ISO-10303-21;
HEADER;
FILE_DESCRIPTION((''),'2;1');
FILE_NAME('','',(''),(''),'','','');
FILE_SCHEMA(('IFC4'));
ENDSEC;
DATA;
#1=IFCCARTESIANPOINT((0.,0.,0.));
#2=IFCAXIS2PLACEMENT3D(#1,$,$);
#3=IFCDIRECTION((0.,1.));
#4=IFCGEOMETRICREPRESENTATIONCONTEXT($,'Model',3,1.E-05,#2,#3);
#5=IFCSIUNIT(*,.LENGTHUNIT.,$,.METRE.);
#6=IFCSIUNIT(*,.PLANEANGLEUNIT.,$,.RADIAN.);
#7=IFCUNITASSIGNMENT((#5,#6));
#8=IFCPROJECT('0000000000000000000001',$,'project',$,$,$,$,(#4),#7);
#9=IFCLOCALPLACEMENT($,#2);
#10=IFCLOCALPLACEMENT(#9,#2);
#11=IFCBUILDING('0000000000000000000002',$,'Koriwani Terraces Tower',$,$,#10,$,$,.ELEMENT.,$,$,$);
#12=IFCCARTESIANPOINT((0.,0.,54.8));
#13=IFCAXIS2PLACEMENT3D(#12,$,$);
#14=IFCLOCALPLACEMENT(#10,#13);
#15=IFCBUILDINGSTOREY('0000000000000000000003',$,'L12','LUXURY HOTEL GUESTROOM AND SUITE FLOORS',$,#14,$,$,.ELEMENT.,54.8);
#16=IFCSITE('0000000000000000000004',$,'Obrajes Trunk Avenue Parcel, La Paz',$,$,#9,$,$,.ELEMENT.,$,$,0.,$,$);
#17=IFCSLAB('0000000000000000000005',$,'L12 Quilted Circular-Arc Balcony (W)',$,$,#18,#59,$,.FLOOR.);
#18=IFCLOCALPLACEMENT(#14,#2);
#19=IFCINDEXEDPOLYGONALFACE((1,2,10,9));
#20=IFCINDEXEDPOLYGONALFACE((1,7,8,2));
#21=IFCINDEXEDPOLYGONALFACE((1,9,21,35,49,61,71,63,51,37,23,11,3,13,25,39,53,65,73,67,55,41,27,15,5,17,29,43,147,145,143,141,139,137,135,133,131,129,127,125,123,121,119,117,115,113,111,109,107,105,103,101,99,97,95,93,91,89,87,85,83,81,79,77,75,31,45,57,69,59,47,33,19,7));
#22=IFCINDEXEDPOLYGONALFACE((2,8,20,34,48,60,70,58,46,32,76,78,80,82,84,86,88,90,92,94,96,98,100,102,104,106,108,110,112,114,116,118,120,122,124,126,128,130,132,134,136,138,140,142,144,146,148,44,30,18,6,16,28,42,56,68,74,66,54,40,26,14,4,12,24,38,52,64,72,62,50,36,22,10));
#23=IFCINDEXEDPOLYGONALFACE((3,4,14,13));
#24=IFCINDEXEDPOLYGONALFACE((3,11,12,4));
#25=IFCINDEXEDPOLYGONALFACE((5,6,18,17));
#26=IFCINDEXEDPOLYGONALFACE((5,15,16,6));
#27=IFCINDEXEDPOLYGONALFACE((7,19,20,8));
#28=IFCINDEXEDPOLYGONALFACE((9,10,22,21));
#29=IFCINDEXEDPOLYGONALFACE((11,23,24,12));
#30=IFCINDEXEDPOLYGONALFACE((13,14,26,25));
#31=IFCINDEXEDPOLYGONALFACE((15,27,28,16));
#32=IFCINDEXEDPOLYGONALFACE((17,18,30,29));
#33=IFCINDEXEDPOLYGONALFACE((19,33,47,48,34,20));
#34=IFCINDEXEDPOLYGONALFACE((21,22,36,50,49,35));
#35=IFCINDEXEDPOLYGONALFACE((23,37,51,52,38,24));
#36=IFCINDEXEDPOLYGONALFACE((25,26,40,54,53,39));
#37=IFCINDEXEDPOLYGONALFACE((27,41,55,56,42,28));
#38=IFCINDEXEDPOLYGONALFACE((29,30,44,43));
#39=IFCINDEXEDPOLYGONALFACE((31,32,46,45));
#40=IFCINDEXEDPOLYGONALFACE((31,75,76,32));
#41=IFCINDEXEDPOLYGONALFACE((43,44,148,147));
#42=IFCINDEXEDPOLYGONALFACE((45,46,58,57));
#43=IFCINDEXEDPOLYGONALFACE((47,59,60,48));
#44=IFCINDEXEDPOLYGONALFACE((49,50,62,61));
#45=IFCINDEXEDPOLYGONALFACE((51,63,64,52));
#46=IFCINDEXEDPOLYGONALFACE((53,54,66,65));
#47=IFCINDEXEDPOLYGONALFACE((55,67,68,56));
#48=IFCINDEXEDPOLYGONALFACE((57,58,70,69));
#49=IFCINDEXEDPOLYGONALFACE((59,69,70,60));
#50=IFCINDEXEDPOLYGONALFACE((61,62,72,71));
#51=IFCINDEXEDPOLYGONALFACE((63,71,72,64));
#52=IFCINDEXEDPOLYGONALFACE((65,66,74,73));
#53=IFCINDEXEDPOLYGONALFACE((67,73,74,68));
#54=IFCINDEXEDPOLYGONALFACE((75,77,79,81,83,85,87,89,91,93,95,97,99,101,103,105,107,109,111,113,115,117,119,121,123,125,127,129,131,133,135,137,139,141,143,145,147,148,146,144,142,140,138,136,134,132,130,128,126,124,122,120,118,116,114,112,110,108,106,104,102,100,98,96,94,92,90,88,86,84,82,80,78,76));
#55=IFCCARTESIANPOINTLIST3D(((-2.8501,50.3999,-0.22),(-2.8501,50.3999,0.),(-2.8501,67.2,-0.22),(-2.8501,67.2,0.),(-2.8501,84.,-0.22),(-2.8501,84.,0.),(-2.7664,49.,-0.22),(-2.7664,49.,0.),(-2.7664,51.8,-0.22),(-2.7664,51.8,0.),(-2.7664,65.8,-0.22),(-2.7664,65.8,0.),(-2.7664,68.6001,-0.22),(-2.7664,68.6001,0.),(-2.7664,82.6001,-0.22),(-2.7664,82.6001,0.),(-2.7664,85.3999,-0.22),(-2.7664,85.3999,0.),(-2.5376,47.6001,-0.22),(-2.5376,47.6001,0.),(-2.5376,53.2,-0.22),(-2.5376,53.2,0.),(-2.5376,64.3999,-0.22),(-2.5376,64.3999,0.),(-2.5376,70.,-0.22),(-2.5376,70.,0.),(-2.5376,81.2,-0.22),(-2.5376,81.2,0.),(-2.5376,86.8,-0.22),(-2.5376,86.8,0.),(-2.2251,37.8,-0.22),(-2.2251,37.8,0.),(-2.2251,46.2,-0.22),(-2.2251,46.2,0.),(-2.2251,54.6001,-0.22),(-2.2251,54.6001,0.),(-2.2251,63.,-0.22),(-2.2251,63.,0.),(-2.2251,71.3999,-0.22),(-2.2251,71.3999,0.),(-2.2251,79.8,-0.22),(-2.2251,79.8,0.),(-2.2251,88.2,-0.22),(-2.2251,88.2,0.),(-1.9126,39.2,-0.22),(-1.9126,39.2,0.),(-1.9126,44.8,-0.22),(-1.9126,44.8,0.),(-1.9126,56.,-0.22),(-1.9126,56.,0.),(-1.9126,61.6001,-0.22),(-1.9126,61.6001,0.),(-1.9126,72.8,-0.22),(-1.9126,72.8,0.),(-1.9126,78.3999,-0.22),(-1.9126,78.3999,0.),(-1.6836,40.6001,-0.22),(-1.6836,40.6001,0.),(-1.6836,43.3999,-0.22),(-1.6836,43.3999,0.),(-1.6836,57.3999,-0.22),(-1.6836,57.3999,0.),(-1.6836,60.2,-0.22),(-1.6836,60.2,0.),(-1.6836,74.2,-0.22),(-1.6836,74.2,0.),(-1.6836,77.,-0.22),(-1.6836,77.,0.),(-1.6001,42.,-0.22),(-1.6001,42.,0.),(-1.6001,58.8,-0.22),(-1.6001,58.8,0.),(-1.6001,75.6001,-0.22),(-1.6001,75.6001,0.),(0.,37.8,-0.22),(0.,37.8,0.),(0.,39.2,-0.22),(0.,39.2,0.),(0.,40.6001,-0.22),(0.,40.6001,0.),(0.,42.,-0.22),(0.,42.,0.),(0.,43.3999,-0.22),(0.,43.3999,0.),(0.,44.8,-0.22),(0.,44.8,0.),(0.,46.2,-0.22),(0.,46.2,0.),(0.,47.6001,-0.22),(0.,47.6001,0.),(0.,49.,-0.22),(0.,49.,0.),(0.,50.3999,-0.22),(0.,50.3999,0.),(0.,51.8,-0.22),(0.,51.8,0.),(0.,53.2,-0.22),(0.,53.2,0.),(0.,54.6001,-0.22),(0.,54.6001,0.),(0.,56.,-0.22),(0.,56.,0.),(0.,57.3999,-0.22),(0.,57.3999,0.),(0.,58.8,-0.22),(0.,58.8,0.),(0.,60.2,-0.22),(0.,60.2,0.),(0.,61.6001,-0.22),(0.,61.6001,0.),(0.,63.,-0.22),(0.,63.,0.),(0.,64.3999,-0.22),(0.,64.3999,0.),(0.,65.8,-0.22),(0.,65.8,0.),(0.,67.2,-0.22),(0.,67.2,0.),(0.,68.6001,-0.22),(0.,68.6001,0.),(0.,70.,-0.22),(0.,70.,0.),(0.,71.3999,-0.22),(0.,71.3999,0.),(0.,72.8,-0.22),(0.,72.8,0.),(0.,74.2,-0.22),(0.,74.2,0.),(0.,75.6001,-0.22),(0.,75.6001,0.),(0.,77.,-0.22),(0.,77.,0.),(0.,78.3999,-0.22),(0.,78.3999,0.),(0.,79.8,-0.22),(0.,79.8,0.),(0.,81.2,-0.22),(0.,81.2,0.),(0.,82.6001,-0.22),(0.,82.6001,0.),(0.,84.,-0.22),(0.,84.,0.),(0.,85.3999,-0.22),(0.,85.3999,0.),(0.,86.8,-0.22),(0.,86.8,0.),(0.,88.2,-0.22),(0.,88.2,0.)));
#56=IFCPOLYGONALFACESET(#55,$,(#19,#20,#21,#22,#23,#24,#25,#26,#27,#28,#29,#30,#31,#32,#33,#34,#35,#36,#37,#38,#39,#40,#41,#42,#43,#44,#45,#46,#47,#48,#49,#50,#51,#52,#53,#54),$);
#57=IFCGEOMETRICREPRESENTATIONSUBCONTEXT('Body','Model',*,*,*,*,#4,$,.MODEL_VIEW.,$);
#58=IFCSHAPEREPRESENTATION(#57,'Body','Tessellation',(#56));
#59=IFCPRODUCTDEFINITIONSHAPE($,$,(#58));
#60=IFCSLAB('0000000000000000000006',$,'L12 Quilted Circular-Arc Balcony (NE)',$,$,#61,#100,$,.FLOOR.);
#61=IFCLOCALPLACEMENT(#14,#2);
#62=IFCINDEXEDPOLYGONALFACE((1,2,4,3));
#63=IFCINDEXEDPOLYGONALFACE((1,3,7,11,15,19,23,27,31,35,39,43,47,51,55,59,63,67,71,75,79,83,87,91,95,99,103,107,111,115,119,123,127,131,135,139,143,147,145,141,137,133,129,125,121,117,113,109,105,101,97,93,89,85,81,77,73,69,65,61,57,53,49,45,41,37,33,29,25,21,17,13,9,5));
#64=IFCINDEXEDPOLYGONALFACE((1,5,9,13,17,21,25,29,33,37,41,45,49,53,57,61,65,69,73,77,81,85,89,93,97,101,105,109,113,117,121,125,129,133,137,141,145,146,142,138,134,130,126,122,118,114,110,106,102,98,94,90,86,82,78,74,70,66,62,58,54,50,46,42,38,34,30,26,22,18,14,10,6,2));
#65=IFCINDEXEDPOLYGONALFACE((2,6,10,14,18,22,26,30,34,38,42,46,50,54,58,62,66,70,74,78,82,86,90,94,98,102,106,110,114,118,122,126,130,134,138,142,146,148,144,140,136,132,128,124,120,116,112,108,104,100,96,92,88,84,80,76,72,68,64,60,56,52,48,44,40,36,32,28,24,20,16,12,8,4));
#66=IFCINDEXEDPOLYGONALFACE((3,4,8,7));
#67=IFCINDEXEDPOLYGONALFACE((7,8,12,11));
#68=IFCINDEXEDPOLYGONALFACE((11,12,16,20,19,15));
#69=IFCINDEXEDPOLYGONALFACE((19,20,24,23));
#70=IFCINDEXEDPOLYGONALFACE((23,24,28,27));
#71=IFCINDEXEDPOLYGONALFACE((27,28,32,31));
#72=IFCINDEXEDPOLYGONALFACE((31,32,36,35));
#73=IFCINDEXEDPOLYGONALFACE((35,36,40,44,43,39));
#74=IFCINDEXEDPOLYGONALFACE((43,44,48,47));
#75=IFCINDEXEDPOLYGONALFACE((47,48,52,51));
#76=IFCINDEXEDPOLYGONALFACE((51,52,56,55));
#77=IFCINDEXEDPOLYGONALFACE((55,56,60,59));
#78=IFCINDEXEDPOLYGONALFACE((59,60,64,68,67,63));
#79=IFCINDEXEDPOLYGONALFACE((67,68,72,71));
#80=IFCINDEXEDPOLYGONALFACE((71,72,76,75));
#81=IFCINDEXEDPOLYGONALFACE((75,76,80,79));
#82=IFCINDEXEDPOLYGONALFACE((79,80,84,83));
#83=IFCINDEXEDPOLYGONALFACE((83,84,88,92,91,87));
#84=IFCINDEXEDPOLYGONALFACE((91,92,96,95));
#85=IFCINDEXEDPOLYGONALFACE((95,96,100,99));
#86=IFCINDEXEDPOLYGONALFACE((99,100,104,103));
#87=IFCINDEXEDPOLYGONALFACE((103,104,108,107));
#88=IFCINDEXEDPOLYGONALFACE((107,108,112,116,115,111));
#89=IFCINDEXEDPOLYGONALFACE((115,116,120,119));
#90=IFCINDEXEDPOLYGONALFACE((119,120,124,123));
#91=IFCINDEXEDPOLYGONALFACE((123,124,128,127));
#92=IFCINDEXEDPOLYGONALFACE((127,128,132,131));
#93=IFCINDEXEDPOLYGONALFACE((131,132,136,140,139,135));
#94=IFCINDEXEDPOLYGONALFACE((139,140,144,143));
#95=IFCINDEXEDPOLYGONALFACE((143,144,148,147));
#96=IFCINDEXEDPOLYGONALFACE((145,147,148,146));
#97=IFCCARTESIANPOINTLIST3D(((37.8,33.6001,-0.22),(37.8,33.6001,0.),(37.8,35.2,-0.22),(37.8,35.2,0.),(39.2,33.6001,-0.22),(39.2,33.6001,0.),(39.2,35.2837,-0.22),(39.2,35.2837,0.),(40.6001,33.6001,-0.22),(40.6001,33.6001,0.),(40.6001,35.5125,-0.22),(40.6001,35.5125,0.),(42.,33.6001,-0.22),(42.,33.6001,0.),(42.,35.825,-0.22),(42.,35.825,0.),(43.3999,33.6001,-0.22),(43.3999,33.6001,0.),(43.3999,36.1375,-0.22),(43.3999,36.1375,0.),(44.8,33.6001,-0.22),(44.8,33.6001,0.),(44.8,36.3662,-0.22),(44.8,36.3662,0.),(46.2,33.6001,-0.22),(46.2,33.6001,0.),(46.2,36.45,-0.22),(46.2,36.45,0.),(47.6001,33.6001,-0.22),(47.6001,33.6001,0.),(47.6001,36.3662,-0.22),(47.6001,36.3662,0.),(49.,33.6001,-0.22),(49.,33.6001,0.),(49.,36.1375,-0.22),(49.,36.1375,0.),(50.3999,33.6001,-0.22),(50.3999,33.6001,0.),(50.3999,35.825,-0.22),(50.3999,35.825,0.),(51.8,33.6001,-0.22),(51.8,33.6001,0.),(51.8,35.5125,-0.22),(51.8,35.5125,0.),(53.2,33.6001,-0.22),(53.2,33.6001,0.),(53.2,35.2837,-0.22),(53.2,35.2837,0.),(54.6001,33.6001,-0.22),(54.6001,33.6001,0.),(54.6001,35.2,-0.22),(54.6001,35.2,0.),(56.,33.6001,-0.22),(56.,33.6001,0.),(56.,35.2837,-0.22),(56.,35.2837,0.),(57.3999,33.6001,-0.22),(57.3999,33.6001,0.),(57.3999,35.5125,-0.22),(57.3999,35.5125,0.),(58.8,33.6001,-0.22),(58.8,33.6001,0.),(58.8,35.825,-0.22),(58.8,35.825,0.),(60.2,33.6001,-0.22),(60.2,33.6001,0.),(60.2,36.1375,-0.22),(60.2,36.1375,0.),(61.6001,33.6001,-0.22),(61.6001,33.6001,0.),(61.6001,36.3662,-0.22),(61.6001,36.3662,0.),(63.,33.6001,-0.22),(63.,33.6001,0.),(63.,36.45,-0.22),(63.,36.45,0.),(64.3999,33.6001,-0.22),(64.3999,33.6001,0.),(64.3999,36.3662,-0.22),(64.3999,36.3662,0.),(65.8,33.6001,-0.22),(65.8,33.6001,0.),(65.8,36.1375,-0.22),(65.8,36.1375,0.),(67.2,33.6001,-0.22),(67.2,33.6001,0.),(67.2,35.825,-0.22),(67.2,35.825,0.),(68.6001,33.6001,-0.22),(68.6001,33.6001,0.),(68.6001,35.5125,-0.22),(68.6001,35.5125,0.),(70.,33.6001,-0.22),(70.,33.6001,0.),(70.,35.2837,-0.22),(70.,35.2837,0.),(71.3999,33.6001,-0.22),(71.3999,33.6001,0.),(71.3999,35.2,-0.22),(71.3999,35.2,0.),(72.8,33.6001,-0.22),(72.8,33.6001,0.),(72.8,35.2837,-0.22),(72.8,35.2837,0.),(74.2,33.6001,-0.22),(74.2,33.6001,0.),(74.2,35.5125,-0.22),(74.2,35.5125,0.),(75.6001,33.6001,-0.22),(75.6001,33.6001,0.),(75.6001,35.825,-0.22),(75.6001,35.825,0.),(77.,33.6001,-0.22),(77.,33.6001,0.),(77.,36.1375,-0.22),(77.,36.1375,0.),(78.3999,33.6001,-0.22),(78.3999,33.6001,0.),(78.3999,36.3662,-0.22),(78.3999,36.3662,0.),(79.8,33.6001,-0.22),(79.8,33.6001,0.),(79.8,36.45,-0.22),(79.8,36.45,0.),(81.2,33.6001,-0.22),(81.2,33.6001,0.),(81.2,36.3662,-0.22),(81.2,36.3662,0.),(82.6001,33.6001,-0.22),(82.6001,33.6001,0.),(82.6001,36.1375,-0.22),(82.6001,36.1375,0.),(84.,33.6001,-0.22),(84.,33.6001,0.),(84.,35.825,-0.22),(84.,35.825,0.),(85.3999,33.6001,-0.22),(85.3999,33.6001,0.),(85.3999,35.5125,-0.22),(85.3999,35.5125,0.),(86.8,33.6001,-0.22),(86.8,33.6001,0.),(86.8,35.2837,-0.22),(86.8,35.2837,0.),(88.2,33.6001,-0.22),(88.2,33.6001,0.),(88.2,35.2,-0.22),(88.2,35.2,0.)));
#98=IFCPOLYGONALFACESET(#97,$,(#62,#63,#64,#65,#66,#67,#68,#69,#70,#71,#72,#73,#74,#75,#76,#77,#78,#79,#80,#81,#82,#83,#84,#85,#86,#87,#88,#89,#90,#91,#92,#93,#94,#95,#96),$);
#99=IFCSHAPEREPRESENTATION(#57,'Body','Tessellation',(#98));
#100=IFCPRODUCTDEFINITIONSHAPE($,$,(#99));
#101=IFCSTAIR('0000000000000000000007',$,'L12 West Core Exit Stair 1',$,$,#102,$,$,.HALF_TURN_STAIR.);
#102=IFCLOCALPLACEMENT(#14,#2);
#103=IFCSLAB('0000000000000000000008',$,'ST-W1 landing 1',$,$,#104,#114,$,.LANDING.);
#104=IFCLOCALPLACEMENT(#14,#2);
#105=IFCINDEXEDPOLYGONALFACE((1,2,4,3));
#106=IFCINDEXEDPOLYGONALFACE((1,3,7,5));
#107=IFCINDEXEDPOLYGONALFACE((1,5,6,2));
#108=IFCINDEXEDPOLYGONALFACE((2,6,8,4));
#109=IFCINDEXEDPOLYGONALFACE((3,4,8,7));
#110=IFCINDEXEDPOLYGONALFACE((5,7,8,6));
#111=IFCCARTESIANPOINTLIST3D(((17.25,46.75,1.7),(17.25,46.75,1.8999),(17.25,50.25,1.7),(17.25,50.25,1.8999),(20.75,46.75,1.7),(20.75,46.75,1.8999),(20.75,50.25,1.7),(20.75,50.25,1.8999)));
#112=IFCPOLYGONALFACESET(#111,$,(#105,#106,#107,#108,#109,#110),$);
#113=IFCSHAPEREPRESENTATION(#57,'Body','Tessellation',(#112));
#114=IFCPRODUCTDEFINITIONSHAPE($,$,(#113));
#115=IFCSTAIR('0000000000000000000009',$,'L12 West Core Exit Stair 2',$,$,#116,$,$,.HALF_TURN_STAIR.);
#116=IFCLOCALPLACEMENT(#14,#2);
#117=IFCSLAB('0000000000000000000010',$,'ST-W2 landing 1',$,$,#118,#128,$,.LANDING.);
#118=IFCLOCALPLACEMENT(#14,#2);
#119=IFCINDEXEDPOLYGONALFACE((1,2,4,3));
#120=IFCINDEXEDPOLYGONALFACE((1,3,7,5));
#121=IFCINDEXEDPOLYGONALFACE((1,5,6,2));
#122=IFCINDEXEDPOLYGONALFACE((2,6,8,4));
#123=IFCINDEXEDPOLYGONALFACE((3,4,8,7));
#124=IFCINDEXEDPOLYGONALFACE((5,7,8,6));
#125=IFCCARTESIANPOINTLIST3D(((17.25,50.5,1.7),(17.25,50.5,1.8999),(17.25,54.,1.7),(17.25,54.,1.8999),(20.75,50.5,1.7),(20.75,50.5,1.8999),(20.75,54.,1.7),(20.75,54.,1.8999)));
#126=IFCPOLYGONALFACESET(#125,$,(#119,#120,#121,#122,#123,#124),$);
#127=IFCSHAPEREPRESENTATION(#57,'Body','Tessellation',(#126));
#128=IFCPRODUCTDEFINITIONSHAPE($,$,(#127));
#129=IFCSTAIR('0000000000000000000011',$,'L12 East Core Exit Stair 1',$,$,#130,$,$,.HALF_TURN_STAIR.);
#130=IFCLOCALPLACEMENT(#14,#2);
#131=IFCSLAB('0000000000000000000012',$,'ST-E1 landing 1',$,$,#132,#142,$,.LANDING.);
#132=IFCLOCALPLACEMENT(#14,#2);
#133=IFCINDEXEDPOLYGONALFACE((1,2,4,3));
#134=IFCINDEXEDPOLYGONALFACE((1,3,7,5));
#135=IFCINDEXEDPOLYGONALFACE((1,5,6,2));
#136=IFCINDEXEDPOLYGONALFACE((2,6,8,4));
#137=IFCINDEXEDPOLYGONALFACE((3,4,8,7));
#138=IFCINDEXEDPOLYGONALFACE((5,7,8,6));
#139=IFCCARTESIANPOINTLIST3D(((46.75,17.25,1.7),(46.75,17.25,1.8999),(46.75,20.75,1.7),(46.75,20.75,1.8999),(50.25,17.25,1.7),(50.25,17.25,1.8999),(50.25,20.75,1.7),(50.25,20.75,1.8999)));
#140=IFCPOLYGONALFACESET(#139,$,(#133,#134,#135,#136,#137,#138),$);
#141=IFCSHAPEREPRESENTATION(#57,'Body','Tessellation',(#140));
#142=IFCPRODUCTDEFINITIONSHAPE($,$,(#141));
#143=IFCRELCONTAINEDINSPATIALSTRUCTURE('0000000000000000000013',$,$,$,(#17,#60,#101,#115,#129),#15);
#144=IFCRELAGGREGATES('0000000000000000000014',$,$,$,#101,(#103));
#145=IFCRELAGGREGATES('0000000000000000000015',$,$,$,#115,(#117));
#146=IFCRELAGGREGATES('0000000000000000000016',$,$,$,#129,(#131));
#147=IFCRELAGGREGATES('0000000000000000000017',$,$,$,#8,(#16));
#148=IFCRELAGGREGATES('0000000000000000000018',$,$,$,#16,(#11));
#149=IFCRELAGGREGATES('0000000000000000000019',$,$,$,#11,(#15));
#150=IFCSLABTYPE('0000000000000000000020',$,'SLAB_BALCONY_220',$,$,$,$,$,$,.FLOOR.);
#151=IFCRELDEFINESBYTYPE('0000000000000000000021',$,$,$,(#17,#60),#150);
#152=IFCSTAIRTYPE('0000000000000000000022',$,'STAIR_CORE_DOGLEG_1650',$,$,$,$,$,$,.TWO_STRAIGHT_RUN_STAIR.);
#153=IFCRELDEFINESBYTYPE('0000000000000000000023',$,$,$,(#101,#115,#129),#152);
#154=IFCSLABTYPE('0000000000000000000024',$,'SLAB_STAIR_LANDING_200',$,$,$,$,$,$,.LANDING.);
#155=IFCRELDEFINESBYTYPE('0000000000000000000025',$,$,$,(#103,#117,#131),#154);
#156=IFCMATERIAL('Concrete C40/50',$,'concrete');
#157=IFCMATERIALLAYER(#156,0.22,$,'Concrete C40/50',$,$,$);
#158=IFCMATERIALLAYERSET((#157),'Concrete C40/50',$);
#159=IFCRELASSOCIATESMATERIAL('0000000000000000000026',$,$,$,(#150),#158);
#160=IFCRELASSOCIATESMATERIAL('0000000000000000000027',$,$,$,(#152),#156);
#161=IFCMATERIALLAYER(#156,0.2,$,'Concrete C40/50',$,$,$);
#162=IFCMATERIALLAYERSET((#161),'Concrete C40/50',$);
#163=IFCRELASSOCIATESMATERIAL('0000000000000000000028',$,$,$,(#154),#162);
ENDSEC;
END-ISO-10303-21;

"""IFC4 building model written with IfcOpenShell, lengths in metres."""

from ifc_helpers import new_model, si_unit, direction, frame, origin, place, context, subcontext, project, spatial, polyline, outline, extrude, material, layer, layer_set, type_object, element, aggregate, save


model = new_model("IFC4")

# Units and contexts
model_context = context("Model", 3, precision=1e-05, world=origin(), true_north=direction((0.0, 1.0)))
body_context = subcontext(model_context, "Body", "Model", "MODEL_VIEW")
ifc_project = project(units=[si_unit("LENGTHUNIT", "METRE"), si_unit("PLANEANGLEUNIT", "RADIAN")], contexts=[model_context])

# Site, building, storey
site_placement = place(None, origin())
site = spatial("IfcSite", under=ifc_project, at=site_placement, Name="Obrajes Trunk Avenue Parcel, La Paz", CompositionType="ELEMENT", RefElevation=0.0)
building_placement = place(site_placement, origin())
building = spatial("IfcBuilding", under=site, at=building_placement, Name="Koriwani Terraces Tower", CompositionType="ELEMENT")
storey_placement = place(building_placement, frame((0.0, 0.0, 54.8)))
storey = spatial("IfcBuildingStorey", under=building, at=storey_placement, Name="L12", Description="LUXURY HOTEL GUESTROOM AND SUITE FLOORS", CompositionType="ELEMENT", Elevation=54.8)

# Shared definitions
ifc_material_1 = material(Name="Concrete C40/50", Category="concrete")

# Slabs
ifc_layer_1 = layer(ifc_material_1, 0.22, Name="Concrete C40/50")
ifc_layer_set_1 = layer_set([ifc_layer_1], Name="Concrete C40/50")
slab_type_1 = type_object("IfcSlabType", Name="SLAB_BALCONY_220", PredefinedType="FLOOR", material=ifc_layer_set_1)
slab_1_placement = place(storey_placement, frame((0.0, 0.0, -0.22)))
element("IfcSlab", 1, at=slab_1_placement, inside=storey, type_object=slab_type_1, Name="L12 Quilted Circular-Arc Balcony (W)", PredefinedType="FLOOR", context=body_context, shape_type="SweptSolid", body=[
    extrude(outline(polyline([(0.0, 37.8), (0.0, 39.2), (0.0, 40.6001), (0.0, 42.0), (0.0, 43.3999), (0.0, 44.8), (0.0, 46.2), (0.0, 47.6001), (0.0, 49.0), (0.0, 50.3999), (0.0, 51.8), (0.0, 53.2), (0.0, 54.6001), (0.0, 56.0), (0.0, 57.3999), (0.0, 58.8), (0.0, 60.2), (0.0, 61.6001), (0.0, 63.0), (0.0, 64.3999), (0.0, 65.8), (0.0, 67.2), (0.0, 68.6001), (0.0, 70.0), (0.0, 71.3999), (0.0, 72.8), (0.0, 74.2), (0.0, 75.6001), (0.0, 77.0), (0.0, 78.3999), (0.0, 79.8), (0.0, 81.2), (0.0, 82.6001), (0.0, 84.0), (0.0, 85.3999), (0.0, 86.8), (0.0, 88.2), (-2.2251, 88.2), (-2.5376, 86.8), (-2.7664, 85.3999), (-2.8501, 84.0), (-2.7664, 82.6001), (-2.5376, 81.2), (-2.2251, 79.8), (-1.9126, 78.3999), (-1.6836, 77.0), (-1.6001, 75.6001), (-1.6836, 74.2), (-1.9126, 72.8), (-2.2251, 71.3999), (-2.5376, 70.0), (-2.7664, 68.6001), (-2.8501, 67.2), (-2.7664, 65.8), (-2.5376, 64.3999), (-2.2251, 63.0), (-1.9126, 61.6001), (-1.6836, 60.2), (-1.6001, 58.8), (-1.6836, 57.3999), (-1.9126, 56.0), (-2.2251, 54.6001), (-2.5376, 53.2), (-2.7664, 51.8), (-2.8501, 50.3999), (-2.7664, 49.0), (-2.5376, 47.6001), (-2.2251, 46.2), (-1.9126, 44.8), (-1.6836, 43.3999), (-1.6001, 42.0), (-1.6836, 40.6001), (-1.9126, 39.2), (-2.2251, 37.8), (0.0, 37.8)])), origin(), (0.0, 0.0, 1.0), 0.22),
])
slab_2_placement = place(storey_placement, frame((0.0, 0.0, -0.22)))
element("IfcSlab", 2, at=slab_2_placement, inside=storey, type_object=slab_type_1, Name="L12 Quilted Circular-Arc Balcony (NE)", PredefinedType="FLOOR", context=body_context, shape_type="SweptSolid", body=[
    extrude(outline(polyline([(88.2, 33.6001), (86.8, 33.6001), (85.3999, 33.6001), (84.0, 33.6001), (82.6001, 33.6001), (81.2, 33.6001), (79.8, 33.6001), (78.3999, 33.6001), (77.0, 33.6001), (75.6001, 33.6001), (74.2, 33.6001), (72.8, 33.6001), (71.3999, 33.6001), (70.0, 33.6001), (68.6001, 33.6001), (67.2, 33.6001), (65.8, 33.6001), (64.3999, 33.6001), (63.0, 33.6001), (61.6001, 33.6001), (60.2, 33.6001), (58.8, 33.6001), (57.3999, 33.6001), (56.0, 33.6001), (54.6001, 33.6001), (53.2, 33.6001), (51.8, 33.6001), (50.3999, 33.6001), (49.0, 33.6001), (47.6001, 33.6001), (46.2, 33.6001), (44.8, 33.6001), (43.3999, 33.6001), (42.0, 33.6001), (40.6001, 33.6001), (39.2, 33.6001), (37.8, 33.6001), (37.8, 35.2), (39.2, 35.2837), (40.6001, 35.5125), (42.0, 35.825), (43.3999, 36.1375), (44.8, 36.3662), (46.2, 36.45), (47.6001, 36.3662), (49.0, 36.1375), (50.3999, 35.825), (51.8, 35.5125), (53.2, 35.2837), (54.6001, 35.2), (56.0, 35.2837), (57.3999, 35.5125), (58.8, 35.825), (60.2, 36.1375), (61.6001, 36.3662), (63.0, 36.45), (64.3999, 36.3662), (65.8, 36.1375), (67.2, 35.825), (68.6001, 35.5125), (70.0, 35.2837), (71.3999, 35.2), (72.8, 35.2837), (74.2, 35.5125), (75.6001, 35.825), (77.0, 36.1375), (78.3999, 36.3662), (79.8, 36.45), (81.2, 36.3662), (82.6001, 36.1375), (84.0, 35.825), (85.3999, 35.5125), (86.8, 35.2837), (88.2, 35.2), (88.2, 33.6001)])), origin(), (0.0, 0.0, 1.0), 0.22),
])

# Stairs, slabs
stair_type = type_object("IfcStairType", Name="STAIR_CORE_DOGLEG_1650", PredefinedType="TWO_STRAIGHT_RUN_STAIR", material=ifc_material_1)
stair_1_placement = place(storey_placement, origin())
stair_1 = element("IfcStair", 3, at=stair_1_placement, inside=storey, type_object=stair_type, Name="L12 West Core Exit Stair 1", PredefinedType="HALF_TURN_STAIR")
ifc_layer_2 = layer(ifc_material_1, 0.2, Name="Concrete C40/50")
ifc_layer_set_2 = layer_set([ifc_layer_2], Name="Concrete C40/50")
slab_type_2 = type_object("IfcSlabType", Name="SLAB_STAIR_LANDING_200", PredefinedType="LANDING", material=ifc_layer_set_2)
slab_3_placement = place(storey_placement, frame((0.0, 0.0, 1.7)))
slab_3 = element("IfcSlab", 4, at=slab_3_placement, type_object=slab_type_2, Name="ST-W1 landing 1", PredefinedType="LANDING", context=body_context, shape_type="SweptSolid", body=[
    extrude(outline(polyline([(20.75, 46.75), (20.75, 50.25), (17.25, 50.25), (17.25, 46.75), (20.75, 46.75)])), origin(), (0.0, 0.0, 1.0), 0.2),
])
aggregate(stair_1, [slab_3])
stair_2_placement = place(storey_placement, origin())
stair_2 = element("IfcStair", 5, at=stair_2_placement, inside=storey, type_object=stair_type, Name="L12 West Core Exit Stair 2", PredefinedType="HALF_TURN_STAIR")
slab_4_placement = place(storey_placement, frame((0.0, 0.0, 1.7)))
slab_4 = element("IfcSlab", 6, at=slab_4_placement, type_object=slab_type_2, Name="ST-W2 landing 1", PredefinedType="LANDING", context=body_context, shape_type="SweptSolid", body=[
    extrude(outline(polyline([(17.25, 54.0), (17.25, 50.5), (20.75, 50.5), (20.75, 54.0), (17.25, 54.0)])), origin(), (0.0, 0.0, 1.0), 0.2),
])
aggregate(stair_2, [slab_4])
stair_3_placement = place(storey_placement, origin())
stair_3 = element("IfcStair", 7, at=stair_3_placement, inside=storey, type_object=stair_type, Name="L12 East Core Exit Stair 1", PredefinedType="HALF_TURN_STAIR")
slab_5_placement = place(storey_placement, frame((0.0, 0.0, 1.7)))
slab_5 = element("IfcSlab", 8, at=slab_5_placement, type_object=slab_type_2, Name="ST-E1 landing 1", PredefinedType="LANDING", context=body_context, shape_type="SweptSolid", body=[
    extrude(outline(polyline([(46.75, 17.25), (50.25, 17.25), (50.25, 20.75), (46.75, 20.75), (46.75, 17.25)])), origin(), (0.0, 0.0, 1.0), 0.2),
])
aggregate(stair_3, [slab_5])

save(model, "model.ifc")
